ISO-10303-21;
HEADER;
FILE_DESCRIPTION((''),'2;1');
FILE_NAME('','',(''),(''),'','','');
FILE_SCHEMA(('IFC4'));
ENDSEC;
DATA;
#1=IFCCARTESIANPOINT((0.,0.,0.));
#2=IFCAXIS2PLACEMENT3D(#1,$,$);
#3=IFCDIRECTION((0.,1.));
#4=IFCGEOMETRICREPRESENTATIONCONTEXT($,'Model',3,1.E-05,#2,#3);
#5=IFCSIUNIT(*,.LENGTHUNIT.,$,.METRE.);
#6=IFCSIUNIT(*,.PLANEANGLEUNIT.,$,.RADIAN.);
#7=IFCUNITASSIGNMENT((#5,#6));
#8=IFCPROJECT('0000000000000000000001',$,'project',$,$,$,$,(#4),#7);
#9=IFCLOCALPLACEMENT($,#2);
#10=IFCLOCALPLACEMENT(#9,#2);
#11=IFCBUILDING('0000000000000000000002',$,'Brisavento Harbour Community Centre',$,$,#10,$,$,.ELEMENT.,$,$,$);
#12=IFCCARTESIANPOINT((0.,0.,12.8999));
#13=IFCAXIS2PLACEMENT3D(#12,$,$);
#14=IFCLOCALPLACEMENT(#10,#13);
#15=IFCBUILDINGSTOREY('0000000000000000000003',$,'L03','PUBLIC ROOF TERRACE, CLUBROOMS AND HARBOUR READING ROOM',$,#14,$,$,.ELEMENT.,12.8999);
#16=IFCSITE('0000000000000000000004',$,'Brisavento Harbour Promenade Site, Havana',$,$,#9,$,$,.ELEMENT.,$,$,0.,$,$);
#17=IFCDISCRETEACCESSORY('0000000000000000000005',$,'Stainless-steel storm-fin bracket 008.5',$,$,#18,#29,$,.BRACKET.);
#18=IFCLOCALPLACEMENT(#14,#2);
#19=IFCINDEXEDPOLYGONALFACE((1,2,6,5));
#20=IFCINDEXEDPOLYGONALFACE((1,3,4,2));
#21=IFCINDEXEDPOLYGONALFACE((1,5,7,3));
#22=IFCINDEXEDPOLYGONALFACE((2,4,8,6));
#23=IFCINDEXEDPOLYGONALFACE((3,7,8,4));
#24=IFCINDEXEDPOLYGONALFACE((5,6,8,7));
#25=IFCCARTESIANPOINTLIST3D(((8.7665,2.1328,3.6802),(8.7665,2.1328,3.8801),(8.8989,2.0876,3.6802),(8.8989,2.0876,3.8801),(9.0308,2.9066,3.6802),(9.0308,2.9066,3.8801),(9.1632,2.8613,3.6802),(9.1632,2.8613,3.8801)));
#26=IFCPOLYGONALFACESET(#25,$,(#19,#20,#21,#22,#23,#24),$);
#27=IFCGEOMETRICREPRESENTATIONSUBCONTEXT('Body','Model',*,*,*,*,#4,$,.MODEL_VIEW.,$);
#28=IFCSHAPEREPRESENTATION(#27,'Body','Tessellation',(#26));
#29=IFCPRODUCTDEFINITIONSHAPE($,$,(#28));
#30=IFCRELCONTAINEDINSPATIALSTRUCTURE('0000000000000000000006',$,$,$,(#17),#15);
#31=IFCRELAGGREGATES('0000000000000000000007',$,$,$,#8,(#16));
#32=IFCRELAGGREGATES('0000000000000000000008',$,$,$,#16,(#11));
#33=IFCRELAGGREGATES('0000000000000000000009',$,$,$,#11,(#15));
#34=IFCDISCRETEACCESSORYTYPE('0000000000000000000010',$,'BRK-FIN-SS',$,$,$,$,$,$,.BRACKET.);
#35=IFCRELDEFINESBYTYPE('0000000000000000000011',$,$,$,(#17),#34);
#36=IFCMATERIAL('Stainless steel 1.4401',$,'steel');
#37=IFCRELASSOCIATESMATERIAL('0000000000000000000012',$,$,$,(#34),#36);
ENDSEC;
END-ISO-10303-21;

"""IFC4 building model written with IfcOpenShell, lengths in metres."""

from ifc_helpers import new_model, si_unit, direction, frame, origin, origin_2d, place, context, subcontext, project, spatial, rectangle, extrude, material, type_object, element, save


model = new_model("IFC4")

# Units and contexts
model_context = context("Model", 3, precision=1e-05, world=origin(), true_north=direction((0.0, 1.0)))
body_context = subcontext(model_context, "Body", "Model", "MODEL_VIEW")
ifc_project = project(units=[si_unit("LENGTHUNIT", "METRE"), si_unit("PLANEANGLEUNIT", "RADIAN")], contexts=[model_context])

# Site, building, storey
site_placement = place(None, origin())
site = spatial("IfcSite", under=ifc_project, at=site_placement, Name="Brisavento Harbour Promenade Site, Havana", CompositionType="ELEMENT", RefElevation=0.0)
building_placement = place(site_placement, origin())
building = spatial("IfcBuilding", under=site, at=building_placement, Name="Brisavento Harbour Community Centre", CompositionType="ELEMENT")
storey_placement = place(building_placement, frame((0.0, 0.0, 12.8999)))
storey = spatial("IfcBuildingStorey", under=building, at=storey_placement, Name="L03", Description="PUBLIC ROOF TERRACE, CLUBROOMS AND HARBOUR READING ROOM", CompositionType="ELEMENT", Elevation=12.8999)

# Discrete accessory
ifc_material_1 = material(Name="Stainless steel 1.4401", Category="steel")
discrete_accessory_type = type_object("IfcDiscreteAccessoryType", Name="BRK-FIN-SS", PredefinedType="BRACKET", material=ifc_material_1)
discrete_accessory_1_placement = place(storey_placement, frame((8.9648, 2.4971, 3.6802), z_axis=(0.0, 0.0, 1.0), x_axis=(-0.323174, -0.946339, 0.0)))
element("IfcDiscreteAccessory", 1, at=discrete_accessory_1_placement, inside=storey, type_object=discrete_accessory_type, Name="Stainless-steel storm-fin bracket 008.5", PredefinedType="BRACKET", context=body_context, shape_type="SweptSolid", body=[
    extrude(rectangle(XDim=0.8176, YDim=0.1399, at=origin_2d()), origin(), (0.0, 0.0, 1.0), 0.2),
])

save(model, "model.ifc")
